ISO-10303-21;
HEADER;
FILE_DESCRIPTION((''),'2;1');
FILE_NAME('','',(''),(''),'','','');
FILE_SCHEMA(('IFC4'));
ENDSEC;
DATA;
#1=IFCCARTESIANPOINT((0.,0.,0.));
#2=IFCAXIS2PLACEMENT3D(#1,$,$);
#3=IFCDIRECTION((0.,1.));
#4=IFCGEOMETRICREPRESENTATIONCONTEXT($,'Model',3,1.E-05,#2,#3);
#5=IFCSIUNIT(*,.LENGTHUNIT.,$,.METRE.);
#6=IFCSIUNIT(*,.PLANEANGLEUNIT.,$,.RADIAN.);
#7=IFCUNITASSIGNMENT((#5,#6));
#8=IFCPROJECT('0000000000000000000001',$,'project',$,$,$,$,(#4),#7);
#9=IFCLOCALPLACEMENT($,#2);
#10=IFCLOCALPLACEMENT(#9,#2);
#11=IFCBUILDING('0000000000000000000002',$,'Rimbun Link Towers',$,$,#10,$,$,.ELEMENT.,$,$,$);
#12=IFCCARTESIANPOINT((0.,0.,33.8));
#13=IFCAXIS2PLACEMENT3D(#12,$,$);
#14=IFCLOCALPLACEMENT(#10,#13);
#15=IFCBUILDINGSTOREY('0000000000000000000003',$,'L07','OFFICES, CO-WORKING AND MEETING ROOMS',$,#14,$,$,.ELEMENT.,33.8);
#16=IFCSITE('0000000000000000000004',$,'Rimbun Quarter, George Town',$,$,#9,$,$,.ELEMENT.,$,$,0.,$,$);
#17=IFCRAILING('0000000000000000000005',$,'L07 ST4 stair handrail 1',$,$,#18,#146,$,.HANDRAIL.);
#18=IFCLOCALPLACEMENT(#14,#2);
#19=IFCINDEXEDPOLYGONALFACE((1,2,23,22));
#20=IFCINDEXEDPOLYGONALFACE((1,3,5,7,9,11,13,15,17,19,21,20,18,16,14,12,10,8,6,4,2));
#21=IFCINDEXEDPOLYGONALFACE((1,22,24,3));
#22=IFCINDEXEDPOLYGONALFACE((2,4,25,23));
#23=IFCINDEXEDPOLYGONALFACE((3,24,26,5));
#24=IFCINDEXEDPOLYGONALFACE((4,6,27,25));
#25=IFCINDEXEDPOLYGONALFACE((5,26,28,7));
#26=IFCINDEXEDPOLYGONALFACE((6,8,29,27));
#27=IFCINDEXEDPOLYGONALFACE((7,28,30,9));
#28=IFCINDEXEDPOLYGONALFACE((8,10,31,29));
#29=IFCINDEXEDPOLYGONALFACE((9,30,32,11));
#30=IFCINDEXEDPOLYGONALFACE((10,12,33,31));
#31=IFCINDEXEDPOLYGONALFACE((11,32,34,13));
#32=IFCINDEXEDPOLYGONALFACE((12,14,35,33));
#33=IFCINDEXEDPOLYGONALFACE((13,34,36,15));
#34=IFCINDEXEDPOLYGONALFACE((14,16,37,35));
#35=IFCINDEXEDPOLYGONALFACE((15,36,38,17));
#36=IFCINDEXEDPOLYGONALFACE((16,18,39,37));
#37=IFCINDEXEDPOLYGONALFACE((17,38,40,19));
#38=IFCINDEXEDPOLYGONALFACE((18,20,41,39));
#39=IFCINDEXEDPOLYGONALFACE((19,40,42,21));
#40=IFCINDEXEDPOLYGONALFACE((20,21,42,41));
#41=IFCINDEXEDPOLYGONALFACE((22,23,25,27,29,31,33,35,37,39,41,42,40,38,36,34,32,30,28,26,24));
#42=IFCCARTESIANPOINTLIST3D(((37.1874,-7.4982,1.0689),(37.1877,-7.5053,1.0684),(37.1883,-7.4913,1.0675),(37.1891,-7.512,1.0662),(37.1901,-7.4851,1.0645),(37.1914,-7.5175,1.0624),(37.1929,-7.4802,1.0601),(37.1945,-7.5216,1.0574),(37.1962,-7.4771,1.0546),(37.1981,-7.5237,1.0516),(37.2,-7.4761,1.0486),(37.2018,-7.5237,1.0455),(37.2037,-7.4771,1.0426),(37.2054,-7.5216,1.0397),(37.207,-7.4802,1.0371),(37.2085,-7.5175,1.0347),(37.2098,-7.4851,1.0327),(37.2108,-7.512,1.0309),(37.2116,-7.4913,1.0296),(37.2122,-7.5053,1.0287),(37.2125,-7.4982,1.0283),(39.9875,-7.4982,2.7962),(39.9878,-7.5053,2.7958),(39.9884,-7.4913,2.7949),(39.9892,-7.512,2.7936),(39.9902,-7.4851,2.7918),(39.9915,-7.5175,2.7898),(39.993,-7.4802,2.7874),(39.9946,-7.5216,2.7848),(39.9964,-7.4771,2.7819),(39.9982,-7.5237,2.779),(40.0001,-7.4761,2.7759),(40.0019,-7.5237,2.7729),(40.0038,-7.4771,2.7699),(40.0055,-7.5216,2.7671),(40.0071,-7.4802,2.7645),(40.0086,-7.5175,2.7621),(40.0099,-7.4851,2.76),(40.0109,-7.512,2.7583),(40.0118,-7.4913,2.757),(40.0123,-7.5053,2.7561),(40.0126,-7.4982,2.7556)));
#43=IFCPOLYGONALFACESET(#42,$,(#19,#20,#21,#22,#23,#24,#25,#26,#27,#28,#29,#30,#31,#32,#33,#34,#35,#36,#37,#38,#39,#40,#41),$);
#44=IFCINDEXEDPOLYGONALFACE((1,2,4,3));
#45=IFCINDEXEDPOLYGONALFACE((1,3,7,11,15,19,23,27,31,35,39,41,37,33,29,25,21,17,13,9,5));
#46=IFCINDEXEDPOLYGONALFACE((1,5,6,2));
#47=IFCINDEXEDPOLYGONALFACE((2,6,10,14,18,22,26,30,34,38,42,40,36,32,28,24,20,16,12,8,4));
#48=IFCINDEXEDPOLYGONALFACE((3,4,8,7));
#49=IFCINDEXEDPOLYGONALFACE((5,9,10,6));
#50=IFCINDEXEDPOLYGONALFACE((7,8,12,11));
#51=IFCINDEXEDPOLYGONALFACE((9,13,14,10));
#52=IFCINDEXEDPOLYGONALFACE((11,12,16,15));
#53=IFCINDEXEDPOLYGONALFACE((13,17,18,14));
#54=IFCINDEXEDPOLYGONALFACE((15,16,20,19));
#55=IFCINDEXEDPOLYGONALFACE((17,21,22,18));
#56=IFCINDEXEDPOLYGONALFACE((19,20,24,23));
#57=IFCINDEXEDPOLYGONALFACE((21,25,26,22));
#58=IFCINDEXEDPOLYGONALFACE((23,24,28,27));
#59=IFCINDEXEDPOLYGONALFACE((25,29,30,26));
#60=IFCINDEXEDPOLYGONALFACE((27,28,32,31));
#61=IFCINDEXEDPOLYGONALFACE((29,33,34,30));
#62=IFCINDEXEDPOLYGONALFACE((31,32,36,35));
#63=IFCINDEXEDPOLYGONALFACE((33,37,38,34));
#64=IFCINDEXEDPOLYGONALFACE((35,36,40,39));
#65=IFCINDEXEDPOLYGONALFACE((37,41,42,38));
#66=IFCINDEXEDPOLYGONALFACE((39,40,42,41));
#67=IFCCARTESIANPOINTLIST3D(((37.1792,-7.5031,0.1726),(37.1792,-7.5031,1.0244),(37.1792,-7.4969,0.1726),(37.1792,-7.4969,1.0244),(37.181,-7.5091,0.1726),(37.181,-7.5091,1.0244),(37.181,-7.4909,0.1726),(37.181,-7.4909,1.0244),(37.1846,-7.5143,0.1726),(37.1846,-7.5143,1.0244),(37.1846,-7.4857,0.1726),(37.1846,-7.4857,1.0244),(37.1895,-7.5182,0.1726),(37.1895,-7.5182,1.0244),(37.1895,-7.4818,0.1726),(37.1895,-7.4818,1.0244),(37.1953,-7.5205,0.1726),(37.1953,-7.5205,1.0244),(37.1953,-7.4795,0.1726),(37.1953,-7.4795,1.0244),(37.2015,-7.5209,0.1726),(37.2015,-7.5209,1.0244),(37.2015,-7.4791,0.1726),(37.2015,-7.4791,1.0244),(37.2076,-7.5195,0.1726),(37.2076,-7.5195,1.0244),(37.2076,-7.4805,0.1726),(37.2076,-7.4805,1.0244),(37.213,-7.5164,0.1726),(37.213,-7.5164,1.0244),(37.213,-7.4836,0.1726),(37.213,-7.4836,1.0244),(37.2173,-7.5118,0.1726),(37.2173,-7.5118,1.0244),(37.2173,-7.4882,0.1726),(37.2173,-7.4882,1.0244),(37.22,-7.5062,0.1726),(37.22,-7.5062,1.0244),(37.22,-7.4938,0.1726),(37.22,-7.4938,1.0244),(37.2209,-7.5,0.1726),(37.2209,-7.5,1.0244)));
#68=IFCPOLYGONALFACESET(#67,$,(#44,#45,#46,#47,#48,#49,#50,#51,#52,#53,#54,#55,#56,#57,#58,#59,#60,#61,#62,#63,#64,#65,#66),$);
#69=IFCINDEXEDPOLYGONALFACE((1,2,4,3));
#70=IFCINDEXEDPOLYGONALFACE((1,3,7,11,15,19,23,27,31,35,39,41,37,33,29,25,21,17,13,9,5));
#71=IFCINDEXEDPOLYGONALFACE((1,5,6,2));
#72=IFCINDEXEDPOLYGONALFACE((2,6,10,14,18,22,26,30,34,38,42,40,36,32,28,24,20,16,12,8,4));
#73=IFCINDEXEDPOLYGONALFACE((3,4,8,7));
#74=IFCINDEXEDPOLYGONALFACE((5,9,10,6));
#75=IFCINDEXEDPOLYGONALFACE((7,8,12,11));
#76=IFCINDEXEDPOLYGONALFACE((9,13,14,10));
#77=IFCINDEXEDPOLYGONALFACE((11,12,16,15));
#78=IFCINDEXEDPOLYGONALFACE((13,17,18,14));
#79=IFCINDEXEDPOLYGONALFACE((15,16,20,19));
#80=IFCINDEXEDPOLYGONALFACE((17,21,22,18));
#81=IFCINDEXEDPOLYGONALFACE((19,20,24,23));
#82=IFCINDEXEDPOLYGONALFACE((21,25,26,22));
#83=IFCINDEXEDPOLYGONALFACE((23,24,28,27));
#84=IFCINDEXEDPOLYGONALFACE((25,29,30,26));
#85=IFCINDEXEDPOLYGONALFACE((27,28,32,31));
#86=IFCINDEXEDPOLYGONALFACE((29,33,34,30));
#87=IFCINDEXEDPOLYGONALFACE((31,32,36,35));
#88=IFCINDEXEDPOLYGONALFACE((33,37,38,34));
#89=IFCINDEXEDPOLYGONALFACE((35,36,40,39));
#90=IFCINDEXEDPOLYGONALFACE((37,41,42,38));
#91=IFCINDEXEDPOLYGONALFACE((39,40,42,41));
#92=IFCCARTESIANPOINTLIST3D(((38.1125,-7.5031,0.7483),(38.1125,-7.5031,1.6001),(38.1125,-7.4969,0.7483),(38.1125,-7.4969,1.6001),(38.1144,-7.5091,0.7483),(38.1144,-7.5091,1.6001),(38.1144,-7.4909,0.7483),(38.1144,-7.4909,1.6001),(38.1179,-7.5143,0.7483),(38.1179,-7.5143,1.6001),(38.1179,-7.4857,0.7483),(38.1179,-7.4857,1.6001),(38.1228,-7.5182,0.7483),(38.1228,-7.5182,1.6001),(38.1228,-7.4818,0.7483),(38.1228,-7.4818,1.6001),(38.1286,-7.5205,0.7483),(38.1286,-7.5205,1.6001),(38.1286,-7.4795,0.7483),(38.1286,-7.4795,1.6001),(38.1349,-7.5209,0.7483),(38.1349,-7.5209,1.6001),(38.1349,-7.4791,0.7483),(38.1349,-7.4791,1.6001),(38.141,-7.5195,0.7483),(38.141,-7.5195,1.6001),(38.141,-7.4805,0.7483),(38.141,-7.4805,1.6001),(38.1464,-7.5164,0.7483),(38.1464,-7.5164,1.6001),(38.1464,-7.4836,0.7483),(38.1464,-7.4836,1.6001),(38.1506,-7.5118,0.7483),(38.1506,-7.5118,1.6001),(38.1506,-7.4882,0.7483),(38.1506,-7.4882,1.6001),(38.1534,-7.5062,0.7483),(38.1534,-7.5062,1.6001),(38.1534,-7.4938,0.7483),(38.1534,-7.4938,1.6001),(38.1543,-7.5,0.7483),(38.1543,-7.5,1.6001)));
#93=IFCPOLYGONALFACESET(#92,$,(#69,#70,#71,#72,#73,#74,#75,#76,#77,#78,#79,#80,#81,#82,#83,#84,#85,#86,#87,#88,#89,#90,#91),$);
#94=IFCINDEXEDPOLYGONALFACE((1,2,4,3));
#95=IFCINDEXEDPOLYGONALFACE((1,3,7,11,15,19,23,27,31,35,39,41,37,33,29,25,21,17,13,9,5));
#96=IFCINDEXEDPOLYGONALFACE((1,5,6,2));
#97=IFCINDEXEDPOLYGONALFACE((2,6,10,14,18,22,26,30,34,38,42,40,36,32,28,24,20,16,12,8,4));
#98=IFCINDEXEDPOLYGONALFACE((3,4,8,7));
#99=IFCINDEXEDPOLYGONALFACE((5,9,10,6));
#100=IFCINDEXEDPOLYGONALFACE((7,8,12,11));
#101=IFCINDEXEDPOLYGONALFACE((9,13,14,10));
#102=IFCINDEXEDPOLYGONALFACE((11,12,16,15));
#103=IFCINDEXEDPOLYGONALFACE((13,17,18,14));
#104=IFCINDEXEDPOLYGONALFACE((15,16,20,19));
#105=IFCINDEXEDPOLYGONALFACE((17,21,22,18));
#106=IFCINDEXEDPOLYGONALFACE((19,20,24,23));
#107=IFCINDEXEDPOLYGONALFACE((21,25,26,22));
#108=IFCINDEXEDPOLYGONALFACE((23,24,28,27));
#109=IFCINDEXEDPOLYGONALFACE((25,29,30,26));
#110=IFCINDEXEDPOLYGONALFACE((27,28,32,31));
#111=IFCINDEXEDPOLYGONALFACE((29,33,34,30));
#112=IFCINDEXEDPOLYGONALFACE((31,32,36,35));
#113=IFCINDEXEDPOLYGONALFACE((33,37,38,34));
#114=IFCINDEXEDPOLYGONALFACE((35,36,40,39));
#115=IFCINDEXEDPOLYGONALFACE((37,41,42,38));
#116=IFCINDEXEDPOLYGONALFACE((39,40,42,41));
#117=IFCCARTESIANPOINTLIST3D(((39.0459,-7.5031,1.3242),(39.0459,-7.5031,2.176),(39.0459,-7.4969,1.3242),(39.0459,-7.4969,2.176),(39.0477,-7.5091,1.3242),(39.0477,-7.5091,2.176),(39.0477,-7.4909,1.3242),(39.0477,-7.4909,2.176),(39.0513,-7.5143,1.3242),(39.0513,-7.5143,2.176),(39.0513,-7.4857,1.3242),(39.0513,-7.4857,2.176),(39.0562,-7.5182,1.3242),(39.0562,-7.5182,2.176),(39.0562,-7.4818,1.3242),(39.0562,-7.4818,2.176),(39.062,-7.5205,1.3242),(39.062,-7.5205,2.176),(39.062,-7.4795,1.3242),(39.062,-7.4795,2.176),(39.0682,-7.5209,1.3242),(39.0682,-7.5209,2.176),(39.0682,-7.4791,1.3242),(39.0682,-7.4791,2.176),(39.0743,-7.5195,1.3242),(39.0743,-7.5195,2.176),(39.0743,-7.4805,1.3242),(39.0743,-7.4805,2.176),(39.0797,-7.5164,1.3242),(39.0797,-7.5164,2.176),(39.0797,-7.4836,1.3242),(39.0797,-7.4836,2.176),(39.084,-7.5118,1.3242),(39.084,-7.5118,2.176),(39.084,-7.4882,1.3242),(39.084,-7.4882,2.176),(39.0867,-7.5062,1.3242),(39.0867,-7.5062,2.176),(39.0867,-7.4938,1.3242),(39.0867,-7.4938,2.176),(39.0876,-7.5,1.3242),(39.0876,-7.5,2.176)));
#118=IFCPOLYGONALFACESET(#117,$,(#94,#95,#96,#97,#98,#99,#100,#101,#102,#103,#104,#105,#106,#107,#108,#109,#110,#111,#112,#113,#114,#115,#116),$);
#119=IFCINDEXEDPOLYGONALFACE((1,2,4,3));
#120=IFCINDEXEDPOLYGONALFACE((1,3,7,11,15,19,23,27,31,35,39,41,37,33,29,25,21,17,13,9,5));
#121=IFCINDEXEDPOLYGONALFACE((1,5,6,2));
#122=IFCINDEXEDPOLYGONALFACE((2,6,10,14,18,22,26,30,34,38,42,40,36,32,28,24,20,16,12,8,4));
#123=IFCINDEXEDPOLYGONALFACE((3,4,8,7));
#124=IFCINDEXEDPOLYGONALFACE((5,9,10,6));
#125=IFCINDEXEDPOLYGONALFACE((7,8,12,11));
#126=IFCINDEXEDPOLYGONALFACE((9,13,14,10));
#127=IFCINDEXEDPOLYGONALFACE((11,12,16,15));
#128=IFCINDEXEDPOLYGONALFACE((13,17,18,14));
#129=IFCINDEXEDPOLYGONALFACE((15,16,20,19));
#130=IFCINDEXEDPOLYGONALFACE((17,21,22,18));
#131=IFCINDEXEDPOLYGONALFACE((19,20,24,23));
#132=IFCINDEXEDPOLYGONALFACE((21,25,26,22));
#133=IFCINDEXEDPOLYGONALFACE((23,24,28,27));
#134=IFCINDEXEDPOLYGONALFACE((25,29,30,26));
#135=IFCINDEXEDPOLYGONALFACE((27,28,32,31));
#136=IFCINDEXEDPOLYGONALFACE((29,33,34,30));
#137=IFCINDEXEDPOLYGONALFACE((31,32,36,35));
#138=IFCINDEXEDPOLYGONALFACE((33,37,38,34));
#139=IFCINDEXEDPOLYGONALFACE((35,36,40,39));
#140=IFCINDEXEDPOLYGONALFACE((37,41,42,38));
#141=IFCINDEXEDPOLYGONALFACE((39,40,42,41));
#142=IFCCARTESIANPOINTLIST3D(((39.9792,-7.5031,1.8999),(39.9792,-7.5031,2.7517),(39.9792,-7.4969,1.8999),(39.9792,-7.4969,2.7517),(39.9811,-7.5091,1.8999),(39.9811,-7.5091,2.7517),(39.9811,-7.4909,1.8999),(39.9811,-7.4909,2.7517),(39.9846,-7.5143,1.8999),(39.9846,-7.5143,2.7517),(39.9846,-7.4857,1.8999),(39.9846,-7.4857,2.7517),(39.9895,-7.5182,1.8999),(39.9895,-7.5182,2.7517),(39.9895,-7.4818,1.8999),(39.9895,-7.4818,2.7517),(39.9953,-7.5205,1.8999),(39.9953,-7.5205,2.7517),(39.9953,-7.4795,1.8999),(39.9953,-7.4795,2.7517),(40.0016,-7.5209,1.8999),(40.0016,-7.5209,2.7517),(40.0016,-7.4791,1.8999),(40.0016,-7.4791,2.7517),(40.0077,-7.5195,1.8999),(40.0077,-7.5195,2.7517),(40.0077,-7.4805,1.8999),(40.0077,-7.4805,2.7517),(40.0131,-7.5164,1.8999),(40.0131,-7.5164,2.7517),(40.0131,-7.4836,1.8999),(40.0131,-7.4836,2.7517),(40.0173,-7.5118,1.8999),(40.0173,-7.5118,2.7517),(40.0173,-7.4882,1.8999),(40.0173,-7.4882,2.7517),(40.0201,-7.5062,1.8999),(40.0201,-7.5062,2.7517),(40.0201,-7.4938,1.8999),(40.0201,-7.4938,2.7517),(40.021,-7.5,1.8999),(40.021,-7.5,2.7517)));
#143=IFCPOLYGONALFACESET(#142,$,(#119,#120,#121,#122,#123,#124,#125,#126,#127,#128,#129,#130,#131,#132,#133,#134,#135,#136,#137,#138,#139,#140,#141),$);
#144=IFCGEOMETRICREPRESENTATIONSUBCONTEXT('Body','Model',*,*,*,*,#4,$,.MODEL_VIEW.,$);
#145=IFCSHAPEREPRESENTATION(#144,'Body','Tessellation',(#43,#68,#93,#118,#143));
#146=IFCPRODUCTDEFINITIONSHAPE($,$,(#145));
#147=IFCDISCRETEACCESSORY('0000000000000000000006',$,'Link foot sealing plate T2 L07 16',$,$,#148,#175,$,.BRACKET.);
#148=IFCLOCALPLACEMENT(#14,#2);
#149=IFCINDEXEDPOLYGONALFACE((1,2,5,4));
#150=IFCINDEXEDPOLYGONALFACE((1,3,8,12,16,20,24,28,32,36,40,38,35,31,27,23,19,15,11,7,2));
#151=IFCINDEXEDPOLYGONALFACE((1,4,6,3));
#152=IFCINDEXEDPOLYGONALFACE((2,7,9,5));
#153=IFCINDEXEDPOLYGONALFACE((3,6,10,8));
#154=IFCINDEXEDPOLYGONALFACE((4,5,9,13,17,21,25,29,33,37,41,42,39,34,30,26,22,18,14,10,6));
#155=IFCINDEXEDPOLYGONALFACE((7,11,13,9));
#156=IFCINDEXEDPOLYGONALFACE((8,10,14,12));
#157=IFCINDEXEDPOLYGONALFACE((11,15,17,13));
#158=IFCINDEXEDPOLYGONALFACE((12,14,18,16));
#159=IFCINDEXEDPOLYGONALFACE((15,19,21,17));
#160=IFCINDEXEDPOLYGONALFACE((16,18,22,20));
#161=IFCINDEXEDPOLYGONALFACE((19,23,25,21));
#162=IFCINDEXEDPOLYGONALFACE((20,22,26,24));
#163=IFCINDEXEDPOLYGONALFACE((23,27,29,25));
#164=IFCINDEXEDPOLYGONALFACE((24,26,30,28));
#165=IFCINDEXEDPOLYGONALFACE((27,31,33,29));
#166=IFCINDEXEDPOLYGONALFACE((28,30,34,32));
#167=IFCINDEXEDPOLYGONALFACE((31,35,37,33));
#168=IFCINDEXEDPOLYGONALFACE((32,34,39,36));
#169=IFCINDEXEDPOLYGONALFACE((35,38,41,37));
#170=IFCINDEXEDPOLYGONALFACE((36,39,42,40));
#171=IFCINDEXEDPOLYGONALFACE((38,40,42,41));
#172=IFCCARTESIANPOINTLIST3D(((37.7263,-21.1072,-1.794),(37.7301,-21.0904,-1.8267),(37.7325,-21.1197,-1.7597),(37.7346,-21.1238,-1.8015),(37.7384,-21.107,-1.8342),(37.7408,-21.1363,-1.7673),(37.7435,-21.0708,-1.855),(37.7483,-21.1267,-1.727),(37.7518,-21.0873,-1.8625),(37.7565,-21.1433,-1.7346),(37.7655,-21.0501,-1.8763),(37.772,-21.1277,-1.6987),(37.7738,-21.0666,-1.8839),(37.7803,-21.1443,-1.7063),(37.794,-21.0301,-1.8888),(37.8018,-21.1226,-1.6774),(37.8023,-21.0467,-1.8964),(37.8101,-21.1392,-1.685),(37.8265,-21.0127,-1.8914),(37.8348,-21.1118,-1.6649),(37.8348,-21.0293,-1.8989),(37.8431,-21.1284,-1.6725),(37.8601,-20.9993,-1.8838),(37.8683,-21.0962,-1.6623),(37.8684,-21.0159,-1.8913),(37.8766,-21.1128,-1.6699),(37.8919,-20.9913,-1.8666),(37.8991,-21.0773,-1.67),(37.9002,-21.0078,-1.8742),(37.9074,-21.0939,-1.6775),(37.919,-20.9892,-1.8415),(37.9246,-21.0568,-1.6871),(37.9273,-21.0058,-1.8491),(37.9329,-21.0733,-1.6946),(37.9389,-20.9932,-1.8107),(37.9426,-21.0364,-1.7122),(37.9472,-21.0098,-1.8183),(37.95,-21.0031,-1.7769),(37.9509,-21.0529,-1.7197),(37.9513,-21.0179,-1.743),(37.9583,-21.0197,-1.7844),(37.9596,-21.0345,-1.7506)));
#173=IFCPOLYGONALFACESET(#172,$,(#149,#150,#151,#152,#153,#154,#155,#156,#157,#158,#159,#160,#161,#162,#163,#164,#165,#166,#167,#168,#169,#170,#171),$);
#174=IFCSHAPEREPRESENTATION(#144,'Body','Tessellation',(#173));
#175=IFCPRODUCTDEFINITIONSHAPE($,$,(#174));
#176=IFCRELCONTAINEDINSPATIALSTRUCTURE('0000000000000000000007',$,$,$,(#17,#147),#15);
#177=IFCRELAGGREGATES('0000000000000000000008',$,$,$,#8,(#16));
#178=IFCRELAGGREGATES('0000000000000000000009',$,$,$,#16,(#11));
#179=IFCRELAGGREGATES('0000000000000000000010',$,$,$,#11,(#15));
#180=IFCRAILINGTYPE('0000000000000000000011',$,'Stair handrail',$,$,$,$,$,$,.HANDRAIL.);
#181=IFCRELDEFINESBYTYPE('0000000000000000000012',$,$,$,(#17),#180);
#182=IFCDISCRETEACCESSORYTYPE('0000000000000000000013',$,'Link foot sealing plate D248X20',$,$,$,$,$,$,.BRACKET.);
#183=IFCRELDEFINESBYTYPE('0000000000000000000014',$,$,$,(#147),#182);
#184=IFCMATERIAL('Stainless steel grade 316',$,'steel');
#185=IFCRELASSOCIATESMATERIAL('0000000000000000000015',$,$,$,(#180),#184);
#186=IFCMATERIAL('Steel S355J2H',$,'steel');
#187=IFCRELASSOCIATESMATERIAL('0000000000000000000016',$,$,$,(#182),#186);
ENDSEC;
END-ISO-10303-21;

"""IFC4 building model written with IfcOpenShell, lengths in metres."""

from ifc_helpers import new_model, si_unit, direction, frame, origin, origin_2d, place, context, subcontext, project, spatial, circle, extrude, material, material_profile, profile_set, type_object, element, save


model = new_model("IFC4")

# Units and contexts
model_context = context("Model", 3, precision=1e-05, world=origin(), true_north=direction((0.0, 1.0)))
body_context = subcontext(model_context, "Body", "Model", "MODEL_VIEW")
ifc_project = project(units=[si_unit("LENGTHUNIT", "METRE"), si_unit("PLANEANGLEUNIT", "RADIAN")], contexts=[model_context])

# Site, building, storey
site_placement = place(None, origin())
site = spatial("IfcSite", under=ifc_project, at=site_placement, Name="Rimbun Quarter, George Town", CompositionType="ELEMENT", RefElevation=0.0)
building_placement = place(site_placement, origin())
building = spatial("IfcBuilding", under=site, at=building_placement, Name="Rimbun Link Towers", CompositionType="ELEMENT")
storey_placement = place(building_placement, frame((0.0, 0.0, 33.8)))
storey = spatial("IfcBuildingStorey", under=building, at=storey_placement, Name="L07", Description="OFFICES, CO-WORKING AND MEETING ROOMS", CompositionType="ELEMENT", Elevation=33.8)

# Railing
ifc_material_1 = material(Name="Stainless steel grade 316", Category="steel")
railing_type_1 = type_object("IfcRailingType", Name="Stair handrail", PredefinedType="HANDRAIL", material=ifc_material_1)
railing_1_placement = place(storey_placement, frame((37.2, -7.5, 0.1726)))
element("IfcRailing", 1, at=railing_1_placement, inside=storey, type_object=railing_type_1, Name="L07 ST4 stair handrail 1", PredefinedType="HANDRAIL", context=body_context, shape_type="SweptSolid", body=[
    extrude(circle(Radius=0.0239, at=origin_2d()), frame((0.0, 0.0, 0.876), z_axis=(0.85109, 0.0, 0.52502), x_axis=(0.0, 1.0, 0.0)), (0.0, 0.0, 1.0), 3.29),
    extrude(circle(Radius=0.021, at=origin_2d()), origin(), (0.0, 0.0, 1.0), 0.8518),
    extrude(circle(Radius=0.021, at=origin_2d()), frame((0.9333, 0.0, 0.5757)), (0.0, 0.0, 1.0), 0.8518),
    extrude(circle(Radius=0.021, at=origin_2d()), frame((1.8667, 0.0, 1.1516)), (0.0, 0.0, 1.0), 0.8518),
    extrude(circle(Radius=0.021, at=origin_2d()), frame((2.8, 0.0, 1.7273)), (0.0, 0.0, 1.0), 0.8518),
])

# Discrete accessory
ifc_material_2 = material(Name="Steel S355J2H", Category="steel")
ifc_material_profile_1 = material_profile(ifc_material_2, circle(Radius=0.124, at=origin_2d()), Name="PL D248")
ifc_profile_set_1 = profile_set([ifc_material_profile_1], Name="Steel S355J2H")
discrete_accessory_type = type_object("IfcDiscreteAccessoryType", Name="Link foot sealing plate D248X20", PredefinedType="BRACKET", material=ifc_profile_set_1)
discrete_accessory_placement = place(storey_placement, frame((37.8391, -21.0586, -1.7769), z_axis=(0.414111, -0.828222, -0.377572), x_axis=(0.894427, 0.447214, 0.0)))
element("IfcDiscreteAccessory", 2, at=discrete_accessory_placement, inside=storey, type_object=discrete_accessory_type, Name="Link foot sealing plate T2 L07 16", PredefinedType="BRACKET", context=body_context, shape_type="SweptSolid", body=[
    extrude(circle(Radius=0.124, at=origin_2d()), origin(), (0.0, 0.0, 1.0), 0.02),
])

save(model, "model.ifc")
